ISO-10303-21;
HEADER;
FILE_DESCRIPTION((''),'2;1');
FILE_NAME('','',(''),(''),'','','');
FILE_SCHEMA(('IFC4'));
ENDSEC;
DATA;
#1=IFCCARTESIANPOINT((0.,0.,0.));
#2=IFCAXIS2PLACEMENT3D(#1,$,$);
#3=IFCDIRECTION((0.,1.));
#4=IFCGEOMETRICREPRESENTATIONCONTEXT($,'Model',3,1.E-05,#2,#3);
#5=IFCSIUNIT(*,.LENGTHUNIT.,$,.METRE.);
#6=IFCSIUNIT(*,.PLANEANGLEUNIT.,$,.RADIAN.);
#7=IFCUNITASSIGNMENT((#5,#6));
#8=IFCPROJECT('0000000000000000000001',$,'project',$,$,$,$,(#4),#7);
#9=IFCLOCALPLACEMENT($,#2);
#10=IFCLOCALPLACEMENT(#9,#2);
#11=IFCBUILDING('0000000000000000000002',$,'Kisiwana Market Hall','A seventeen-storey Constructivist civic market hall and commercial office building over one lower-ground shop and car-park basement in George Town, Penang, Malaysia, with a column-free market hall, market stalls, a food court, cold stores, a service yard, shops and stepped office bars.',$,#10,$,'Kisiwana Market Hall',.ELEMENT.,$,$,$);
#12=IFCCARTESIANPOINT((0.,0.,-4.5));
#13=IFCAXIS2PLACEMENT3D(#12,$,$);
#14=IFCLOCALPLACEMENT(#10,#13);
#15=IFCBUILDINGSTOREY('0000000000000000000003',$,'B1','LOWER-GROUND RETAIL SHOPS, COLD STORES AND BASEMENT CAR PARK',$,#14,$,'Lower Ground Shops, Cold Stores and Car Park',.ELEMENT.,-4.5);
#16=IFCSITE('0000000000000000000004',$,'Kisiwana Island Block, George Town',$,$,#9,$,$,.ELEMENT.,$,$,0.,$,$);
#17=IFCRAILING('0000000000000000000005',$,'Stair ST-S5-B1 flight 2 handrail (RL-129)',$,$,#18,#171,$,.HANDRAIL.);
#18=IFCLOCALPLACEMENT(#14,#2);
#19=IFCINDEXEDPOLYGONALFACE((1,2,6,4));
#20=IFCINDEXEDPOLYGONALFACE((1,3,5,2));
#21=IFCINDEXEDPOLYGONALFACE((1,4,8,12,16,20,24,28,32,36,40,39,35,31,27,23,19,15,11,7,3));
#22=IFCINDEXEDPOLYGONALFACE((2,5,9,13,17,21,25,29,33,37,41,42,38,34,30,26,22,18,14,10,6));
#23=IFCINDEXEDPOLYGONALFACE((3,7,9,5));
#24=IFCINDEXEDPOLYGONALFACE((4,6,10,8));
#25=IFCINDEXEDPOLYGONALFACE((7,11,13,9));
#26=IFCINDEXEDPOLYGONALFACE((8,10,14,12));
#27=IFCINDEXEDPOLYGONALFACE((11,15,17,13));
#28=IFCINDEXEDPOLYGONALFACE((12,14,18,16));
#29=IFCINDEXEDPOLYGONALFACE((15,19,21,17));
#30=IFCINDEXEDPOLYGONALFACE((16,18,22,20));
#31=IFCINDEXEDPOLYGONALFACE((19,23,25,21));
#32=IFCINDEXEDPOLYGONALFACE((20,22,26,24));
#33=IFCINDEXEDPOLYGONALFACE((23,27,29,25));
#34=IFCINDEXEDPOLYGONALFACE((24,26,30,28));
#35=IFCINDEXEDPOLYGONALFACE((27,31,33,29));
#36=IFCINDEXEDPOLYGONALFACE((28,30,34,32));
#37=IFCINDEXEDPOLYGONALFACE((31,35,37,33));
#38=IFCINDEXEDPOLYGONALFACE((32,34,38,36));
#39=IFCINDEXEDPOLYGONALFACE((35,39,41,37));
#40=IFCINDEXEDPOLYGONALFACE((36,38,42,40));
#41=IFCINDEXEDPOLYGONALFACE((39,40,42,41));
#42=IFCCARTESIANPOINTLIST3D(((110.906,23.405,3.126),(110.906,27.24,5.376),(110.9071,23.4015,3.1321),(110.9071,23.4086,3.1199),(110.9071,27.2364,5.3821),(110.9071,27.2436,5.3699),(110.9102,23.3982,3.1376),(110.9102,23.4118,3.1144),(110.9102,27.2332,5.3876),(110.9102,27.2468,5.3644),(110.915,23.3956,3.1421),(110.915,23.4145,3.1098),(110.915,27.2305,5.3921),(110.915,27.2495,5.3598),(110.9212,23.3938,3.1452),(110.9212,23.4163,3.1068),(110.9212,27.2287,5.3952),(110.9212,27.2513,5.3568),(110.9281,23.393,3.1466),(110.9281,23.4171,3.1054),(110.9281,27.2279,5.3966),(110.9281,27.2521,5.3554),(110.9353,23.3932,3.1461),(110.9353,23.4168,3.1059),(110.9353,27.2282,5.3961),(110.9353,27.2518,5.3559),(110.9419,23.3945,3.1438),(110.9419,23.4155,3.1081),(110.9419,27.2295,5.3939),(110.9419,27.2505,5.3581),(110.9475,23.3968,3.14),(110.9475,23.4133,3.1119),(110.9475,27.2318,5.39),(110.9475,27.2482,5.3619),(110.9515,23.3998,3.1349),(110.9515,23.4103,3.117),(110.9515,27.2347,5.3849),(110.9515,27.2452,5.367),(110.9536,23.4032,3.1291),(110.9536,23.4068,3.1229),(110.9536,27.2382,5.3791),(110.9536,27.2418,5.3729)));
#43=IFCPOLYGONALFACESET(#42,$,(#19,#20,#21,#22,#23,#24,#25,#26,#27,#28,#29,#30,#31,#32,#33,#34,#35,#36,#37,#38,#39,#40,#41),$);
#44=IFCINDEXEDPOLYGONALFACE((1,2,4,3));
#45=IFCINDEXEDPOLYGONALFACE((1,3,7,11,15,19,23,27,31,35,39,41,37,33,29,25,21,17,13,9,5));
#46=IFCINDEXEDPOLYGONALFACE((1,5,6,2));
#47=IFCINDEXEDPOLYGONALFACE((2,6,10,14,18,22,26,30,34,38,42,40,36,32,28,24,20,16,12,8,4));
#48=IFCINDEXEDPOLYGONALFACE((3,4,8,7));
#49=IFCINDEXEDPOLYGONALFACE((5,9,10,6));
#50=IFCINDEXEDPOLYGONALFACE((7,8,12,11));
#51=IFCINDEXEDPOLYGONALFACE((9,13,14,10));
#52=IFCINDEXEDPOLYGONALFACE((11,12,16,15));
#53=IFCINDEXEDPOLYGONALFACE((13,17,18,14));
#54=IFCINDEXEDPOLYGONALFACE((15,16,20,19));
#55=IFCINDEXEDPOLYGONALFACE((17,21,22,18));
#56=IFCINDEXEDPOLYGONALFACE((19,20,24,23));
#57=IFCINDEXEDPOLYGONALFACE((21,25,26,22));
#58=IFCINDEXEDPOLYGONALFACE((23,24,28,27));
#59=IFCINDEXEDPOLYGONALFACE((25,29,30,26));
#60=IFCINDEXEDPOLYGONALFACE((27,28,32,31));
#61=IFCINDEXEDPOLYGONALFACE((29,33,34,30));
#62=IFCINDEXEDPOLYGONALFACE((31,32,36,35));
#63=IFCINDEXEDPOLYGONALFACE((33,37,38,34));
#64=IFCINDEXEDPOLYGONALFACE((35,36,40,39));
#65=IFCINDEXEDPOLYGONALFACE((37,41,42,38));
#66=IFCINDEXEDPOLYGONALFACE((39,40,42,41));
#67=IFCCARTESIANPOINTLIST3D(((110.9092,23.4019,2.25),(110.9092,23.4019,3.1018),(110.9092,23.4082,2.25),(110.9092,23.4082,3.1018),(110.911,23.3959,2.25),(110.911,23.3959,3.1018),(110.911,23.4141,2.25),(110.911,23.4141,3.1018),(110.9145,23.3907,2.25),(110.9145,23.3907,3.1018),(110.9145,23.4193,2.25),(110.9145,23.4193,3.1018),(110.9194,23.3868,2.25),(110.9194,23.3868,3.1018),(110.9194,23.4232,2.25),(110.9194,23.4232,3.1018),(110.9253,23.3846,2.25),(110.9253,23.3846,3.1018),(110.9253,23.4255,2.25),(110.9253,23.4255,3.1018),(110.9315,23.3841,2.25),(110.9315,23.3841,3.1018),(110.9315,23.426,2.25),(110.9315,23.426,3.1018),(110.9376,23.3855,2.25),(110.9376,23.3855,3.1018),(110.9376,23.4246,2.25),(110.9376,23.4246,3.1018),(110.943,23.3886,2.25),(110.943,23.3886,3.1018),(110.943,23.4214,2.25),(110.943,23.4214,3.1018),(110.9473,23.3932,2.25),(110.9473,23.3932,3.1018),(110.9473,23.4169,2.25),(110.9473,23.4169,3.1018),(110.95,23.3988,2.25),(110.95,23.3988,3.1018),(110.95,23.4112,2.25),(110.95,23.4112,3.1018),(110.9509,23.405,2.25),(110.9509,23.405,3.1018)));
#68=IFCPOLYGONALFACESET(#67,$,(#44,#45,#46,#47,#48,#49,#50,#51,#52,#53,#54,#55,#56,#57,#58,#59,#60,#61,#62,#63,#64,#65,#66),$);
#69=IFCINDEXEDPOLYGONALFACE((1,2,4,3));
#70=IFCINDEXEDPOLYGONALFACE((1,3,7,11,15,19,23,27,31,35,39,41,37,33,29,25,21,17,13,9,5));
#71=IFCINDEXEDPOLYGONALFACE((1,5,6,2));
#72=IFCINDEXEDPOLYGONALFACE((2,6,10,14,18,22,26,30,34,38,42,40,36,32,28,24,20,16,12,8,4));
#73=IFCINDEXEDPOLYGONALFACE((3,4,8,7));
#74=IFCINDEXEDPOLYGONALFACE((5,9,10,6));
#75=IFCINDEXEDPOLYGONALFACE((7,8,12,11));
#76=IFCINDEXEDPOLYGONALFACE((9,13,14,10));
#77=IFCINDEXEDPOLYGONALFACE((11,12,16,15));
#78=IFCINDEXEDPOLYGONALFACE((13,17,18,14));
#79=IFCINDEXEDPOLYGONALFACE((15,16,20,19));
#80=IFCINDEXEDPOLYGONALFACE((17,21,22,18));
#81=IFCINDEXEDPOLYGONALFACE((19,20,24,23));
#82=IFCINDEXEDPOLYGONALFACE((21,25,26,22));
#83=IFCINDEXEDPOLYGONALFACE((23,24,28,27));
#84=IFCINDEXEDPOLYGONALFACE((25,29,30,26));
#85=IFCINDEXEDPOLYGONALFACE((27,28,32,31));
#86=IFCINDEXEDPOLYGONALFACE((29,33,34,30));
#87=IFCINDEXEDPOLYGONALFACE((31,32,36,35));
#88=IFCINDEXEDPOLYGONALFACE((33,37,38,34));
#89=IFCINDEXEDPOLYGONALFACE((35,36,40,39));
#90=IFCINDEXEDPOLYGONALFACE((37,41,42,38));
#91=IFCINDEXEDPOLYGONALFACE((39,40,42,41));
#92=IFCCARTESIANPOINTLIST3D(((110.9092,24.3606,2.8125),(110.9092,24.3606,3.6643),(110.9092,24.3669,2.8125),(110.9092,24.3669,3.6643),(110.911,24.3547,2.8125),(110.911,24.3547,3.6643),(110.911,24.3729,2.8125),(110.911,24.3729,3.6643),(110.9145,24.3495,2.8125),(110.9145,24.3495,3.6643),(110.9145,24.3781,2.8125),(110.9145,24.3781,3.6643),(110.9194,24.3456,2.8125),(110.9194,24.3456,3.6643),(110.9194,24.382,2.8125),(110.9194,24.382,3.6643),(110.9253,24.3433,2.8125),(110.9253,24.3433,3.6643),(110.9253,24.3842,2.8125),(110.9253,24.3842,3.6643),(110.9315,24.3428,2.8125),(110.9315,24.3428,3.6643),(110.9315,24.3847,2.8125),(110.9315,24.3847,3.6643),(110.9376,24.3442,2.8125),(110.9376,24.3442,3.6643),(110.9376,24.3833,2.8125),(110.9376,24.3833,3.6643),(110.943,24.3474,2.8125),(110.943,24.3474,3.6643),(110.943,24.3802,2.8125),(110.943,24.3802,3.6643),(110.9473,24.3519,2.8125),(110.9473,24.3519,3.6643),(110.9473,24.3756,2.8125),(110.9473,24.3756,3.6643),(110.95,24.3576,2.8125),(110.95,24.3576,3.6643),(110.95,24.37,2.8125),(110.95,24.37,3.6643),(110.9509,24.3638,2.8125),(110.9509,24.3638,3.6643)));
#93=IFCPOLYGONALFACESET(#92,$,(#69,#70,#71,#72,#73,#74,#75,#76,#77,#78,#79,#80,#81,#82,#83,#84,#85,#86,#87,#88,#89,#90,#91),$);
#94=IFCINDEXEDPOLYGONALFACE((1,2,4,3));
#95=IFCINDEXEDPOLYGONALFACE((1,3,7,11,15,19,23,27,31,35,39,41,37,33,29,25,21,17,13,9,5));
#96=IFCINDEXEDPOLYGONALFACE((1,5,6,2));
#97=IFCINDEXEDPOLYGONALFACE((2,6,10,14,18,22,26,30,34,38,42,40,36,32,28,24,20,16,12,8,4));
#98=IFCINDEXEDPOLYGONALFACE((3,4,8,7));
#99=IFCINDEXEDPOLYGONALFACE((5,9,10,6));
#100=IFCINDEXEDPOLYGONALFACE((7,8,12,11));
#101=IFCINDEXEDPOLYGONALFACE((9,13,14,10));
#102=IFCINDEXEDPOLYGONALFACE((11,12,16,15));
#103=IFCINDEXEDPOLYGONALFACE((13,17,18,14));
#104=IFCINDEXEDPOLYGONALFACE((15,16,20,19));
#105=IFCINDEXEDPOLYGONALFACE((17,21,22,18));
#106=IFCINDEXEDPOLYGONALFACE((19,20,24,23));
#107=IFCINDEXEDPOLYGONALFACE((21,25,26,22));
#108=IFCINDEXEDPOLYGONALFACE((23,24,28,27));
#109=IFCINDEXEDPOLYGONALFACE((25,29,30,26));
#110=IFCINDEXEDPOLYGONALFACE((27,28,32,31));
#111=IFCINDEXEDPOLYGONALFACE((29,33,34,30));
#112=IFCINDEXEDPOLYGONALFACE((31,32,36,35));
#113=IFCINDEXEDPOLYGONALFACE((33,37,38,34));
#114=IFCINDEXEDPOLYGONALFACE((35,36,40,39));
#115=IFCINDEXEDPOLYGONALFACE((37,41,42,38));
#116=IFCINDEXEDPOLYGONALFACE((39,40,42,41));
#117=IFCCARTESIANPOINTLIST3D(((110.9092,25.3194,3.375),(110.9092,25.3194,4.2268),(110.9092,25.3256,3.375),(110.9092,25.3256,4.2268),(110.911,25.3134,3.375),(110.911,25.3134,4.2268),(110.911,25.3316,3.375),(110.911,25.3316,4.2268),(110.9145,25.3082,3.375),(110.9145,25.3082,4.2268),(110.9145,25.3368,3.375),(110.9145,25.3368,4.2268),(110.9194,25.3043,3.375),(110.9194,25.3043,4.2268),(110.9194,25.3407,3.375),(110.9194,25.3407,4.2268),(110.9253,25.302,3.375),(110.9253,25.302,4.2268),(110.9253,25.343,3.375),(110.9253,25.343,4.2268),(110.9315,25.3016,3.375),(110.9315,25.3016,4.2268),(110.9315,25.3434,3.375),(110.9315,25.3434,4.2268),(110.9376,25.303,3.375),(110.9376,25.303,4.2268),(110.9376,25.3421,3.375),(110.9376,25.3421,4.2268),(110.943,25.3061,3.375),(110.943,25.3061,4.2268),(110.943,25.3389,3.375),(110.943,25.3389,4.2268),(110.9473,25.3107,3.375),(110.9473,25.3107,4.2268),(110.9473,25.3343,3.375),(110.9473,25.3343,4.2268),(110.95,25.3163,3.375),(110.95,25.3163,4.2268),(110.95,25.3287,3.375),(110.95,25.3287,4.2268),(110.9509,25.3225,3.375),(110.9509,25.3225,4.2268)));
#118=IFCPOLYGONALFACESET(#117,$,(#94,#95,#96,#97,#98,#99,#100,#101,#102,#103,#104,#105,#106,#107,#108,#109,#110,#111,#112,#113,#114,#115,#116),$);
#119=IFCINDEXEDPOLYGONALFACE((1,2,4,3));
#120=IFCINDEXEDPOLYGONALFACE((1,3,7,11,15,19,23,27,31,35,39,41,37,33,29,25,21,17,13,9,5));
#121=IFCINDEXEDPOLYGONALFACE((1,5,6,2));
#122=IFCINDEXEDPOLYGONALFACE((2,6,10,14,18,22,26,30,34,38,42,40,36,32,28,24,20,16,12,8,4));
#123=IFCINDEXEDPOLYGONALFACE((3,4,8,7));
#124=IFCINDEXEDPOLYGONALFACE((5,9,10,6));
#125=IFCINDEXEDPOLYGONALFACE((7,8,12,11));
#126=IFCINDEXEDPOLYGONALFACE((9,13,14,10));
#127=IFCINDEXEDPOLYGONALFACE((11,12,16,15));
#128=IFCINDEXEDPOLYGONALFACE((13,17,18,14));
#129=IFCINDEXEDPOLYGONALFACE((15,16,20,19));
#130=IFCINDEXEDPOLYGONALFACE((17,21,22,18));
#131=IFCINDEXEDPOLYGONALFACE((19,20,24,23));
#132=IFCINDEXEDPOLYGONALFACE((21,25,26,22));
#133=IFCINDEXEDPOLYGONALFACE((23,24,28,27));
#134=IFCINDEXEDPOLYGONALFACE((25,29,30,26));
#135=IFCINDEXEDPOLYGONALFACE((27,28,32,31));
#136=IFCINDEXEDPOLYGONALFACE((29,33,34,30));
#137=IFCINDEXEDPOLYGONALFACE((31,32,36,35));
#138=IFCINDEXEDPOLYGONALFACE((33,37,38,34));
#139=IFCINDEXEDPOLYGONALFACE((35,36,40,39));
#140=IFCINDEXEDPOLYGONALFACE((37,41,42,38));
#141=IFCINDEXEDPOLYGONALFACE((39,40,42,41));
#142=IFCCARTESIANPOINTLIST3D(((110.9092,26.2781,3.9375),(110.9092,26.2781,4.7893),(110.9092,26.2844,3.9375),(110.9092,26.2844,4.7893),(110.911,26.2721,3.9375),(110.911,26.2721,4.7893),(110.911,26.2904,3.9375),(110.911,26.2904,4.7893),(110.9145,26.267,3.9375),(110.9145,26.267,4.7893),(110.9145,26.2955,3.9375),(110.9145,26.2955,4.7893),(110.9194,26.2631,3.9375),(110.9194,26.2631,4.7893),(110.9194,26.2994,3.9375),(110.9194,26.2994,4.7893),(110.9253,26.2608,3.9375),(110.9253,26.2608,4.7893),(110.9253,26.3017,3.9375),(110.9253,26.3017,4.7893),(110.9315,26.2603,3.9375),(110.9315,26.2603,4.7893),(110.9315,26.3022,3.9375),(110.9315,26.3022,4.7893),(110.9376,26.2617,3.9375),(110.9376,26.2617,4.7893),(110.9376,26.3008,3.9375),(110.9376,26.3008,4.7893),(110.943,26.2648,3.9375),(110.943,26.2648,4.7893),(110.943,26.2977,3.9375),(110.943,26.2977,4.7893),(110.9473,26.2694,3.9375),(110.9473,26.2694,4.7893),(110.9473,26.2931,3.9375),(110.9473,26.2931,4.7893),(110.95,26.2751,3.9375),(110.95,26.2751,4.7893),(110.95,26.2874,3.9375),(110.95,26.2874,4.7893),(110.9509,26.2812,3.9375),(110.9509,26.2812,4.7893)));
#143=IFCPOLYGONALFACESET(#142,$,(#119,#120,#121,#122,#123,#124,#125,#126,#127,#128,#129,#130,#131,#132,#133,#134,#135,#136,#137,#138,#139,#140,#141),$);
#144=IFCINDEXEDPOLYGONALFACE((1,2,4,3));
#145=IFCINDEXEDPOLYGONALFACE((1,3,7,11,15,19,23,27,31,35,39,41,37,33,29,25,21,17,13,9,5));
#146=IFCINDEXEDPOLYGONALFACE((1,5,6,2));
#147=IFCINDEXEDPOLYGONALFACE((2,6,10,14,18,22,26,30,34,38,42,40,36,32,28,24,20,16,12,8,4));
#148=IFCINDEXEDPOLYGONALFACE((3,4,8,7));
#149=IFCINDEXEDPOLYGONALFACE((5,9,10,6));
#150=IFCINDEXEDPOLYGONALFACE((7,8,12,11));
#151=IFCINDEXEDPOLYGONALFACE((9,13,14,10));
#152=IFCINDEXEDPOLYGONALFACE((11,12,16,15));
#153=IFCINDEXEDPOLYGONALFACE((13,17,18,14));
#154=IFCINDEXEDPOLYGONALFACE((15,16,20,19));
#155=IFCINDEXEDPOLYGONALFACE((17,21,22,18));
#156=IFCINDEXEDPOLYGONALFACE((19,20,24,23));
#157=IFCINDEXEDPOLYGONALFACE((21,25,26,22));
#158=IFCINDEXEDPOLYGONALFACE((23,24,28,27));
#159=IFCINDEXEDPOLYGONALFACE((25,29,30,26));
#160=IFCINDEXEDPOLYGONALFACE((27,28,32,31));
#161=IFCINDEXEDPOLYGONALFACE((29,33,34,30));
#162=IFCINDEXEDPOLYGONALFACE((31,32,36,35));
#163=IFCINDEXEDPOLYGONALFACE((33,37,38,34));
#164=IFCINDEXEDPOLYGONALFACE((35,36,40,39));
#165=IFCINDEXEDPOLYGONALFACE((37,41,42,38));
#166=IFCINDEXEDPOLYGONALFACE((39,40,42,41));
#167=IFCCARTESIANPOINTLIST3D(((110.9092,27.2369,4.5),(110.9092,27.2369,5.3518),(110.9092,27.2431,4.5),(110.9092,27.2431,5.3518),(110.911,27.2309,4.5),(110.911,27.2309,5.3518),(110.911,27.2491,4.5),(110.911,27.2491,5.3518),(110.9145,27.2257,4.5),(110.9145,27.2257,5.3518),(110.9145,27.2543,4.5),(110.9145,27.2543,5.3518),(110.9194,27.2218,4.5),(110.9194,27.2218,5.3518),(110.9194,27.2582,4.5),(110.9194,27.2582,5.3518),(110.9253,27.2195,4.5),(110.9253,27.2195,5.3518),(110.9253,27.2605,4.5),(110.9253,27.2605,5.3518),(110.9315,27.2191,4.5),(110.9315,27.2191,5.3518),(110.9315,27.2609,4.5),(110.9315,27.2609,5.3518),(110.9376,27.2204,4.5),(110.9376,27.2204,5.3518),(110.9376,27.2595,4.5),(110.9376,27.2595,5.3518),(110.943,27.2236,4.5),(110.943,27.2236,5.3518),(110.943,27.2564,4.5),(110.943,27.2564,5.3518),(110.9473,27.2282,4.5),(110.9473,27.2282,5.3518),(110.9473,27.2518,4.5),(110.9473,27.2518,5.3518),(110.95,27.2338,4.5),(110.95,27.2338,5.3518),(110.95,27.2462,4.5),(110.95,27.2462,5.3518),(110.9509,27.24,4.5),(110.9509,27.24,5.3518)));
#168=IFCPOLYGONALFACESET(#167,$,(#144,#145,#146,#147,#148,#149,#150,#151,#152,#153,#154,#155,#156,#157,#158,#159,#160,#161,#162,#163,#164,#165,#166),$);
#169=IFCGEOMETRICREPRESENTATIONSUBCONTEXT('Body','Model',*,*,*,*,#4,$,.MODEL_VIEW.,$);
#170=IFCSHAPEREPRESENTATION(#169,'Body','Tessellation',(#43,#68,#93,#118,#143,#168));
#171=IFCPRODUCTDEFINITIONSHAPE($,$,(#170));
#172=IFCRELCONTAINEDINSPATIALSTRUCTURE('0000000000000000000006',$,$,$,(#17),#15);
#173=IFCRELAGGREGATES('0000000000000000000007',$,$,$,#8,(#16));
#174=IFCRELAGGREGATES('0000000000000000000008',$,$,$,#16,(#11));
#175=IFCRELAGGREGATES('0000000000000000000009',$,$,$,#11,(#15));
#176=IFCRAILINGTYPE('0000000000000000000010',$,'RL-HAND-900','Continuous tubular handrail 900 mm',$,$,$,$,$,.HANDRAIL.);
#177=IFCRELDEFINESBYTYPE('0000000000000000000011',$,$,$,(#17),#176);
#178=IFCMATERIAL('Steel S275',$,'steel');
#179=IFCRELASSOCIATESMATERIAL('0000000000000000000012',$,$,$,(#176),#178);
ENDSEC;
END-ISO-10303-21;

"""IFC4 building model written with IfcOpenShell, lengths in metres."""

from ifc_helpers import new_model, si_unit, direction, frame, origin, origin_2d, place, context, subcontext, project, spatial, circle, extrude, material, type_object, element, save


model = new_model("IFC4")

# Units and contexts
model_context = context("Model", 3, precision=1e-05, world=origin(), true_north=direction((0.0, 1.0)))
body_context = subcontext(model_context, "Body", "Model", "MODEL_VIEW")
ifc_project = project(units=[si_unit("LENGTHUNIT", "METRE"), si_unit("PLANEANGLEUNIT", "RADIAN")], contexts=[model_context])

# Site, building, storey
site_placement = place(None, origin())
site = spatial("IfcSite", under=ifc_project, at=site_placement, Name="Kisiwana Island Block, George Town", CompositionType="ELEMENT", RefElevation=0.0)
building_placement = place(site_placement, origin())
building = spatial("IfcBuilding", under=site, at=building_placement, Name="Kisiwana Market Hall", Description="A seventeen-storey Constructivist civic market hall and commercial office building over one lower-ground shop and car-park basement in George Town, Penang, Malaysia, with a column-free market hall, market stalls, a food court, cold stores, a service yard, shops and stepped office bars.", LongName="Kisiwana Market Hall", CompositionType="ELEMENT")
storey_placement = place(building_placement, frame((0.0, 0.0, -4.5)))
storey = spatial("IfcBuildingStorey", under=building, at=storey_placement, Name="B1", Description="LOWER-GROUND RETAIL SHOPS, COLD STORES AND BASEMENT CAR PARK", LongName="Lower Ground Shops, Cold Stores and Car Park", CompositionType="ELEMENT", Elevation=-4.5)

# Railing
ifc_material_1 = material(Name="Steel S275", Category="steel")
railing_type = type_object("IfcRailingType", Name="RL-HAND-900", Description="Continuous tubular handrail 900 mm", PredefinedType="HANDRAIL", material=ifc_material_1)
for number, where, name in (
    (1, (110.9299, 23.405, 2.25), "Stair ST-S5-B1 flight 2 handrail (RL-129)"),
):
    element("IfcRailing", number, at=place(storey_placement, frame(where)), inside=storey, type_object=railing_type, Name=name, PredefinedType="HANDRAIL", context=body_context, shape_type="SweptSolid", body=[
        extrude(circle(Radius=0.0239, at=origin_2d()), frame((0.0, 0.0, 0.876), z_axis=(0.0, 0.86251, 0.506041), x_axis=(-1.0, 0.0, 0.0)), (0.0, 0.0, 1.0), 4.4463),
        extrude(circle(Radius=0.021, at=origin_2d()), origin(), (0.0, 0.0, 1.0), 0.8518),
        extrude(circle(Radius=0.021, at=origin_2d()), frame((0.0, 0.9587, 0.5625)), (0.0, 0.0, 1.0), 0.8518),
        extrude(circle(Radius=0.021, at=origin_2d()), frame((0.0, 1.9175, 1.125)), (0.0, 0.0, 1.0), 0.8518),
        extrude(circle(Radius=0.021, at=origin_2d()), frame((0.0, 2.8762, 1.6875)), (0.0, 0.0, 1.0), 0.8518),
        extrude(circle(Radius=0.021, at=origin_2d()), frame((0.0, 3.835, 2.25)), (0.0, 0.0, 1.0), 0.8518),
    ])

save(model, "model.ifc")
